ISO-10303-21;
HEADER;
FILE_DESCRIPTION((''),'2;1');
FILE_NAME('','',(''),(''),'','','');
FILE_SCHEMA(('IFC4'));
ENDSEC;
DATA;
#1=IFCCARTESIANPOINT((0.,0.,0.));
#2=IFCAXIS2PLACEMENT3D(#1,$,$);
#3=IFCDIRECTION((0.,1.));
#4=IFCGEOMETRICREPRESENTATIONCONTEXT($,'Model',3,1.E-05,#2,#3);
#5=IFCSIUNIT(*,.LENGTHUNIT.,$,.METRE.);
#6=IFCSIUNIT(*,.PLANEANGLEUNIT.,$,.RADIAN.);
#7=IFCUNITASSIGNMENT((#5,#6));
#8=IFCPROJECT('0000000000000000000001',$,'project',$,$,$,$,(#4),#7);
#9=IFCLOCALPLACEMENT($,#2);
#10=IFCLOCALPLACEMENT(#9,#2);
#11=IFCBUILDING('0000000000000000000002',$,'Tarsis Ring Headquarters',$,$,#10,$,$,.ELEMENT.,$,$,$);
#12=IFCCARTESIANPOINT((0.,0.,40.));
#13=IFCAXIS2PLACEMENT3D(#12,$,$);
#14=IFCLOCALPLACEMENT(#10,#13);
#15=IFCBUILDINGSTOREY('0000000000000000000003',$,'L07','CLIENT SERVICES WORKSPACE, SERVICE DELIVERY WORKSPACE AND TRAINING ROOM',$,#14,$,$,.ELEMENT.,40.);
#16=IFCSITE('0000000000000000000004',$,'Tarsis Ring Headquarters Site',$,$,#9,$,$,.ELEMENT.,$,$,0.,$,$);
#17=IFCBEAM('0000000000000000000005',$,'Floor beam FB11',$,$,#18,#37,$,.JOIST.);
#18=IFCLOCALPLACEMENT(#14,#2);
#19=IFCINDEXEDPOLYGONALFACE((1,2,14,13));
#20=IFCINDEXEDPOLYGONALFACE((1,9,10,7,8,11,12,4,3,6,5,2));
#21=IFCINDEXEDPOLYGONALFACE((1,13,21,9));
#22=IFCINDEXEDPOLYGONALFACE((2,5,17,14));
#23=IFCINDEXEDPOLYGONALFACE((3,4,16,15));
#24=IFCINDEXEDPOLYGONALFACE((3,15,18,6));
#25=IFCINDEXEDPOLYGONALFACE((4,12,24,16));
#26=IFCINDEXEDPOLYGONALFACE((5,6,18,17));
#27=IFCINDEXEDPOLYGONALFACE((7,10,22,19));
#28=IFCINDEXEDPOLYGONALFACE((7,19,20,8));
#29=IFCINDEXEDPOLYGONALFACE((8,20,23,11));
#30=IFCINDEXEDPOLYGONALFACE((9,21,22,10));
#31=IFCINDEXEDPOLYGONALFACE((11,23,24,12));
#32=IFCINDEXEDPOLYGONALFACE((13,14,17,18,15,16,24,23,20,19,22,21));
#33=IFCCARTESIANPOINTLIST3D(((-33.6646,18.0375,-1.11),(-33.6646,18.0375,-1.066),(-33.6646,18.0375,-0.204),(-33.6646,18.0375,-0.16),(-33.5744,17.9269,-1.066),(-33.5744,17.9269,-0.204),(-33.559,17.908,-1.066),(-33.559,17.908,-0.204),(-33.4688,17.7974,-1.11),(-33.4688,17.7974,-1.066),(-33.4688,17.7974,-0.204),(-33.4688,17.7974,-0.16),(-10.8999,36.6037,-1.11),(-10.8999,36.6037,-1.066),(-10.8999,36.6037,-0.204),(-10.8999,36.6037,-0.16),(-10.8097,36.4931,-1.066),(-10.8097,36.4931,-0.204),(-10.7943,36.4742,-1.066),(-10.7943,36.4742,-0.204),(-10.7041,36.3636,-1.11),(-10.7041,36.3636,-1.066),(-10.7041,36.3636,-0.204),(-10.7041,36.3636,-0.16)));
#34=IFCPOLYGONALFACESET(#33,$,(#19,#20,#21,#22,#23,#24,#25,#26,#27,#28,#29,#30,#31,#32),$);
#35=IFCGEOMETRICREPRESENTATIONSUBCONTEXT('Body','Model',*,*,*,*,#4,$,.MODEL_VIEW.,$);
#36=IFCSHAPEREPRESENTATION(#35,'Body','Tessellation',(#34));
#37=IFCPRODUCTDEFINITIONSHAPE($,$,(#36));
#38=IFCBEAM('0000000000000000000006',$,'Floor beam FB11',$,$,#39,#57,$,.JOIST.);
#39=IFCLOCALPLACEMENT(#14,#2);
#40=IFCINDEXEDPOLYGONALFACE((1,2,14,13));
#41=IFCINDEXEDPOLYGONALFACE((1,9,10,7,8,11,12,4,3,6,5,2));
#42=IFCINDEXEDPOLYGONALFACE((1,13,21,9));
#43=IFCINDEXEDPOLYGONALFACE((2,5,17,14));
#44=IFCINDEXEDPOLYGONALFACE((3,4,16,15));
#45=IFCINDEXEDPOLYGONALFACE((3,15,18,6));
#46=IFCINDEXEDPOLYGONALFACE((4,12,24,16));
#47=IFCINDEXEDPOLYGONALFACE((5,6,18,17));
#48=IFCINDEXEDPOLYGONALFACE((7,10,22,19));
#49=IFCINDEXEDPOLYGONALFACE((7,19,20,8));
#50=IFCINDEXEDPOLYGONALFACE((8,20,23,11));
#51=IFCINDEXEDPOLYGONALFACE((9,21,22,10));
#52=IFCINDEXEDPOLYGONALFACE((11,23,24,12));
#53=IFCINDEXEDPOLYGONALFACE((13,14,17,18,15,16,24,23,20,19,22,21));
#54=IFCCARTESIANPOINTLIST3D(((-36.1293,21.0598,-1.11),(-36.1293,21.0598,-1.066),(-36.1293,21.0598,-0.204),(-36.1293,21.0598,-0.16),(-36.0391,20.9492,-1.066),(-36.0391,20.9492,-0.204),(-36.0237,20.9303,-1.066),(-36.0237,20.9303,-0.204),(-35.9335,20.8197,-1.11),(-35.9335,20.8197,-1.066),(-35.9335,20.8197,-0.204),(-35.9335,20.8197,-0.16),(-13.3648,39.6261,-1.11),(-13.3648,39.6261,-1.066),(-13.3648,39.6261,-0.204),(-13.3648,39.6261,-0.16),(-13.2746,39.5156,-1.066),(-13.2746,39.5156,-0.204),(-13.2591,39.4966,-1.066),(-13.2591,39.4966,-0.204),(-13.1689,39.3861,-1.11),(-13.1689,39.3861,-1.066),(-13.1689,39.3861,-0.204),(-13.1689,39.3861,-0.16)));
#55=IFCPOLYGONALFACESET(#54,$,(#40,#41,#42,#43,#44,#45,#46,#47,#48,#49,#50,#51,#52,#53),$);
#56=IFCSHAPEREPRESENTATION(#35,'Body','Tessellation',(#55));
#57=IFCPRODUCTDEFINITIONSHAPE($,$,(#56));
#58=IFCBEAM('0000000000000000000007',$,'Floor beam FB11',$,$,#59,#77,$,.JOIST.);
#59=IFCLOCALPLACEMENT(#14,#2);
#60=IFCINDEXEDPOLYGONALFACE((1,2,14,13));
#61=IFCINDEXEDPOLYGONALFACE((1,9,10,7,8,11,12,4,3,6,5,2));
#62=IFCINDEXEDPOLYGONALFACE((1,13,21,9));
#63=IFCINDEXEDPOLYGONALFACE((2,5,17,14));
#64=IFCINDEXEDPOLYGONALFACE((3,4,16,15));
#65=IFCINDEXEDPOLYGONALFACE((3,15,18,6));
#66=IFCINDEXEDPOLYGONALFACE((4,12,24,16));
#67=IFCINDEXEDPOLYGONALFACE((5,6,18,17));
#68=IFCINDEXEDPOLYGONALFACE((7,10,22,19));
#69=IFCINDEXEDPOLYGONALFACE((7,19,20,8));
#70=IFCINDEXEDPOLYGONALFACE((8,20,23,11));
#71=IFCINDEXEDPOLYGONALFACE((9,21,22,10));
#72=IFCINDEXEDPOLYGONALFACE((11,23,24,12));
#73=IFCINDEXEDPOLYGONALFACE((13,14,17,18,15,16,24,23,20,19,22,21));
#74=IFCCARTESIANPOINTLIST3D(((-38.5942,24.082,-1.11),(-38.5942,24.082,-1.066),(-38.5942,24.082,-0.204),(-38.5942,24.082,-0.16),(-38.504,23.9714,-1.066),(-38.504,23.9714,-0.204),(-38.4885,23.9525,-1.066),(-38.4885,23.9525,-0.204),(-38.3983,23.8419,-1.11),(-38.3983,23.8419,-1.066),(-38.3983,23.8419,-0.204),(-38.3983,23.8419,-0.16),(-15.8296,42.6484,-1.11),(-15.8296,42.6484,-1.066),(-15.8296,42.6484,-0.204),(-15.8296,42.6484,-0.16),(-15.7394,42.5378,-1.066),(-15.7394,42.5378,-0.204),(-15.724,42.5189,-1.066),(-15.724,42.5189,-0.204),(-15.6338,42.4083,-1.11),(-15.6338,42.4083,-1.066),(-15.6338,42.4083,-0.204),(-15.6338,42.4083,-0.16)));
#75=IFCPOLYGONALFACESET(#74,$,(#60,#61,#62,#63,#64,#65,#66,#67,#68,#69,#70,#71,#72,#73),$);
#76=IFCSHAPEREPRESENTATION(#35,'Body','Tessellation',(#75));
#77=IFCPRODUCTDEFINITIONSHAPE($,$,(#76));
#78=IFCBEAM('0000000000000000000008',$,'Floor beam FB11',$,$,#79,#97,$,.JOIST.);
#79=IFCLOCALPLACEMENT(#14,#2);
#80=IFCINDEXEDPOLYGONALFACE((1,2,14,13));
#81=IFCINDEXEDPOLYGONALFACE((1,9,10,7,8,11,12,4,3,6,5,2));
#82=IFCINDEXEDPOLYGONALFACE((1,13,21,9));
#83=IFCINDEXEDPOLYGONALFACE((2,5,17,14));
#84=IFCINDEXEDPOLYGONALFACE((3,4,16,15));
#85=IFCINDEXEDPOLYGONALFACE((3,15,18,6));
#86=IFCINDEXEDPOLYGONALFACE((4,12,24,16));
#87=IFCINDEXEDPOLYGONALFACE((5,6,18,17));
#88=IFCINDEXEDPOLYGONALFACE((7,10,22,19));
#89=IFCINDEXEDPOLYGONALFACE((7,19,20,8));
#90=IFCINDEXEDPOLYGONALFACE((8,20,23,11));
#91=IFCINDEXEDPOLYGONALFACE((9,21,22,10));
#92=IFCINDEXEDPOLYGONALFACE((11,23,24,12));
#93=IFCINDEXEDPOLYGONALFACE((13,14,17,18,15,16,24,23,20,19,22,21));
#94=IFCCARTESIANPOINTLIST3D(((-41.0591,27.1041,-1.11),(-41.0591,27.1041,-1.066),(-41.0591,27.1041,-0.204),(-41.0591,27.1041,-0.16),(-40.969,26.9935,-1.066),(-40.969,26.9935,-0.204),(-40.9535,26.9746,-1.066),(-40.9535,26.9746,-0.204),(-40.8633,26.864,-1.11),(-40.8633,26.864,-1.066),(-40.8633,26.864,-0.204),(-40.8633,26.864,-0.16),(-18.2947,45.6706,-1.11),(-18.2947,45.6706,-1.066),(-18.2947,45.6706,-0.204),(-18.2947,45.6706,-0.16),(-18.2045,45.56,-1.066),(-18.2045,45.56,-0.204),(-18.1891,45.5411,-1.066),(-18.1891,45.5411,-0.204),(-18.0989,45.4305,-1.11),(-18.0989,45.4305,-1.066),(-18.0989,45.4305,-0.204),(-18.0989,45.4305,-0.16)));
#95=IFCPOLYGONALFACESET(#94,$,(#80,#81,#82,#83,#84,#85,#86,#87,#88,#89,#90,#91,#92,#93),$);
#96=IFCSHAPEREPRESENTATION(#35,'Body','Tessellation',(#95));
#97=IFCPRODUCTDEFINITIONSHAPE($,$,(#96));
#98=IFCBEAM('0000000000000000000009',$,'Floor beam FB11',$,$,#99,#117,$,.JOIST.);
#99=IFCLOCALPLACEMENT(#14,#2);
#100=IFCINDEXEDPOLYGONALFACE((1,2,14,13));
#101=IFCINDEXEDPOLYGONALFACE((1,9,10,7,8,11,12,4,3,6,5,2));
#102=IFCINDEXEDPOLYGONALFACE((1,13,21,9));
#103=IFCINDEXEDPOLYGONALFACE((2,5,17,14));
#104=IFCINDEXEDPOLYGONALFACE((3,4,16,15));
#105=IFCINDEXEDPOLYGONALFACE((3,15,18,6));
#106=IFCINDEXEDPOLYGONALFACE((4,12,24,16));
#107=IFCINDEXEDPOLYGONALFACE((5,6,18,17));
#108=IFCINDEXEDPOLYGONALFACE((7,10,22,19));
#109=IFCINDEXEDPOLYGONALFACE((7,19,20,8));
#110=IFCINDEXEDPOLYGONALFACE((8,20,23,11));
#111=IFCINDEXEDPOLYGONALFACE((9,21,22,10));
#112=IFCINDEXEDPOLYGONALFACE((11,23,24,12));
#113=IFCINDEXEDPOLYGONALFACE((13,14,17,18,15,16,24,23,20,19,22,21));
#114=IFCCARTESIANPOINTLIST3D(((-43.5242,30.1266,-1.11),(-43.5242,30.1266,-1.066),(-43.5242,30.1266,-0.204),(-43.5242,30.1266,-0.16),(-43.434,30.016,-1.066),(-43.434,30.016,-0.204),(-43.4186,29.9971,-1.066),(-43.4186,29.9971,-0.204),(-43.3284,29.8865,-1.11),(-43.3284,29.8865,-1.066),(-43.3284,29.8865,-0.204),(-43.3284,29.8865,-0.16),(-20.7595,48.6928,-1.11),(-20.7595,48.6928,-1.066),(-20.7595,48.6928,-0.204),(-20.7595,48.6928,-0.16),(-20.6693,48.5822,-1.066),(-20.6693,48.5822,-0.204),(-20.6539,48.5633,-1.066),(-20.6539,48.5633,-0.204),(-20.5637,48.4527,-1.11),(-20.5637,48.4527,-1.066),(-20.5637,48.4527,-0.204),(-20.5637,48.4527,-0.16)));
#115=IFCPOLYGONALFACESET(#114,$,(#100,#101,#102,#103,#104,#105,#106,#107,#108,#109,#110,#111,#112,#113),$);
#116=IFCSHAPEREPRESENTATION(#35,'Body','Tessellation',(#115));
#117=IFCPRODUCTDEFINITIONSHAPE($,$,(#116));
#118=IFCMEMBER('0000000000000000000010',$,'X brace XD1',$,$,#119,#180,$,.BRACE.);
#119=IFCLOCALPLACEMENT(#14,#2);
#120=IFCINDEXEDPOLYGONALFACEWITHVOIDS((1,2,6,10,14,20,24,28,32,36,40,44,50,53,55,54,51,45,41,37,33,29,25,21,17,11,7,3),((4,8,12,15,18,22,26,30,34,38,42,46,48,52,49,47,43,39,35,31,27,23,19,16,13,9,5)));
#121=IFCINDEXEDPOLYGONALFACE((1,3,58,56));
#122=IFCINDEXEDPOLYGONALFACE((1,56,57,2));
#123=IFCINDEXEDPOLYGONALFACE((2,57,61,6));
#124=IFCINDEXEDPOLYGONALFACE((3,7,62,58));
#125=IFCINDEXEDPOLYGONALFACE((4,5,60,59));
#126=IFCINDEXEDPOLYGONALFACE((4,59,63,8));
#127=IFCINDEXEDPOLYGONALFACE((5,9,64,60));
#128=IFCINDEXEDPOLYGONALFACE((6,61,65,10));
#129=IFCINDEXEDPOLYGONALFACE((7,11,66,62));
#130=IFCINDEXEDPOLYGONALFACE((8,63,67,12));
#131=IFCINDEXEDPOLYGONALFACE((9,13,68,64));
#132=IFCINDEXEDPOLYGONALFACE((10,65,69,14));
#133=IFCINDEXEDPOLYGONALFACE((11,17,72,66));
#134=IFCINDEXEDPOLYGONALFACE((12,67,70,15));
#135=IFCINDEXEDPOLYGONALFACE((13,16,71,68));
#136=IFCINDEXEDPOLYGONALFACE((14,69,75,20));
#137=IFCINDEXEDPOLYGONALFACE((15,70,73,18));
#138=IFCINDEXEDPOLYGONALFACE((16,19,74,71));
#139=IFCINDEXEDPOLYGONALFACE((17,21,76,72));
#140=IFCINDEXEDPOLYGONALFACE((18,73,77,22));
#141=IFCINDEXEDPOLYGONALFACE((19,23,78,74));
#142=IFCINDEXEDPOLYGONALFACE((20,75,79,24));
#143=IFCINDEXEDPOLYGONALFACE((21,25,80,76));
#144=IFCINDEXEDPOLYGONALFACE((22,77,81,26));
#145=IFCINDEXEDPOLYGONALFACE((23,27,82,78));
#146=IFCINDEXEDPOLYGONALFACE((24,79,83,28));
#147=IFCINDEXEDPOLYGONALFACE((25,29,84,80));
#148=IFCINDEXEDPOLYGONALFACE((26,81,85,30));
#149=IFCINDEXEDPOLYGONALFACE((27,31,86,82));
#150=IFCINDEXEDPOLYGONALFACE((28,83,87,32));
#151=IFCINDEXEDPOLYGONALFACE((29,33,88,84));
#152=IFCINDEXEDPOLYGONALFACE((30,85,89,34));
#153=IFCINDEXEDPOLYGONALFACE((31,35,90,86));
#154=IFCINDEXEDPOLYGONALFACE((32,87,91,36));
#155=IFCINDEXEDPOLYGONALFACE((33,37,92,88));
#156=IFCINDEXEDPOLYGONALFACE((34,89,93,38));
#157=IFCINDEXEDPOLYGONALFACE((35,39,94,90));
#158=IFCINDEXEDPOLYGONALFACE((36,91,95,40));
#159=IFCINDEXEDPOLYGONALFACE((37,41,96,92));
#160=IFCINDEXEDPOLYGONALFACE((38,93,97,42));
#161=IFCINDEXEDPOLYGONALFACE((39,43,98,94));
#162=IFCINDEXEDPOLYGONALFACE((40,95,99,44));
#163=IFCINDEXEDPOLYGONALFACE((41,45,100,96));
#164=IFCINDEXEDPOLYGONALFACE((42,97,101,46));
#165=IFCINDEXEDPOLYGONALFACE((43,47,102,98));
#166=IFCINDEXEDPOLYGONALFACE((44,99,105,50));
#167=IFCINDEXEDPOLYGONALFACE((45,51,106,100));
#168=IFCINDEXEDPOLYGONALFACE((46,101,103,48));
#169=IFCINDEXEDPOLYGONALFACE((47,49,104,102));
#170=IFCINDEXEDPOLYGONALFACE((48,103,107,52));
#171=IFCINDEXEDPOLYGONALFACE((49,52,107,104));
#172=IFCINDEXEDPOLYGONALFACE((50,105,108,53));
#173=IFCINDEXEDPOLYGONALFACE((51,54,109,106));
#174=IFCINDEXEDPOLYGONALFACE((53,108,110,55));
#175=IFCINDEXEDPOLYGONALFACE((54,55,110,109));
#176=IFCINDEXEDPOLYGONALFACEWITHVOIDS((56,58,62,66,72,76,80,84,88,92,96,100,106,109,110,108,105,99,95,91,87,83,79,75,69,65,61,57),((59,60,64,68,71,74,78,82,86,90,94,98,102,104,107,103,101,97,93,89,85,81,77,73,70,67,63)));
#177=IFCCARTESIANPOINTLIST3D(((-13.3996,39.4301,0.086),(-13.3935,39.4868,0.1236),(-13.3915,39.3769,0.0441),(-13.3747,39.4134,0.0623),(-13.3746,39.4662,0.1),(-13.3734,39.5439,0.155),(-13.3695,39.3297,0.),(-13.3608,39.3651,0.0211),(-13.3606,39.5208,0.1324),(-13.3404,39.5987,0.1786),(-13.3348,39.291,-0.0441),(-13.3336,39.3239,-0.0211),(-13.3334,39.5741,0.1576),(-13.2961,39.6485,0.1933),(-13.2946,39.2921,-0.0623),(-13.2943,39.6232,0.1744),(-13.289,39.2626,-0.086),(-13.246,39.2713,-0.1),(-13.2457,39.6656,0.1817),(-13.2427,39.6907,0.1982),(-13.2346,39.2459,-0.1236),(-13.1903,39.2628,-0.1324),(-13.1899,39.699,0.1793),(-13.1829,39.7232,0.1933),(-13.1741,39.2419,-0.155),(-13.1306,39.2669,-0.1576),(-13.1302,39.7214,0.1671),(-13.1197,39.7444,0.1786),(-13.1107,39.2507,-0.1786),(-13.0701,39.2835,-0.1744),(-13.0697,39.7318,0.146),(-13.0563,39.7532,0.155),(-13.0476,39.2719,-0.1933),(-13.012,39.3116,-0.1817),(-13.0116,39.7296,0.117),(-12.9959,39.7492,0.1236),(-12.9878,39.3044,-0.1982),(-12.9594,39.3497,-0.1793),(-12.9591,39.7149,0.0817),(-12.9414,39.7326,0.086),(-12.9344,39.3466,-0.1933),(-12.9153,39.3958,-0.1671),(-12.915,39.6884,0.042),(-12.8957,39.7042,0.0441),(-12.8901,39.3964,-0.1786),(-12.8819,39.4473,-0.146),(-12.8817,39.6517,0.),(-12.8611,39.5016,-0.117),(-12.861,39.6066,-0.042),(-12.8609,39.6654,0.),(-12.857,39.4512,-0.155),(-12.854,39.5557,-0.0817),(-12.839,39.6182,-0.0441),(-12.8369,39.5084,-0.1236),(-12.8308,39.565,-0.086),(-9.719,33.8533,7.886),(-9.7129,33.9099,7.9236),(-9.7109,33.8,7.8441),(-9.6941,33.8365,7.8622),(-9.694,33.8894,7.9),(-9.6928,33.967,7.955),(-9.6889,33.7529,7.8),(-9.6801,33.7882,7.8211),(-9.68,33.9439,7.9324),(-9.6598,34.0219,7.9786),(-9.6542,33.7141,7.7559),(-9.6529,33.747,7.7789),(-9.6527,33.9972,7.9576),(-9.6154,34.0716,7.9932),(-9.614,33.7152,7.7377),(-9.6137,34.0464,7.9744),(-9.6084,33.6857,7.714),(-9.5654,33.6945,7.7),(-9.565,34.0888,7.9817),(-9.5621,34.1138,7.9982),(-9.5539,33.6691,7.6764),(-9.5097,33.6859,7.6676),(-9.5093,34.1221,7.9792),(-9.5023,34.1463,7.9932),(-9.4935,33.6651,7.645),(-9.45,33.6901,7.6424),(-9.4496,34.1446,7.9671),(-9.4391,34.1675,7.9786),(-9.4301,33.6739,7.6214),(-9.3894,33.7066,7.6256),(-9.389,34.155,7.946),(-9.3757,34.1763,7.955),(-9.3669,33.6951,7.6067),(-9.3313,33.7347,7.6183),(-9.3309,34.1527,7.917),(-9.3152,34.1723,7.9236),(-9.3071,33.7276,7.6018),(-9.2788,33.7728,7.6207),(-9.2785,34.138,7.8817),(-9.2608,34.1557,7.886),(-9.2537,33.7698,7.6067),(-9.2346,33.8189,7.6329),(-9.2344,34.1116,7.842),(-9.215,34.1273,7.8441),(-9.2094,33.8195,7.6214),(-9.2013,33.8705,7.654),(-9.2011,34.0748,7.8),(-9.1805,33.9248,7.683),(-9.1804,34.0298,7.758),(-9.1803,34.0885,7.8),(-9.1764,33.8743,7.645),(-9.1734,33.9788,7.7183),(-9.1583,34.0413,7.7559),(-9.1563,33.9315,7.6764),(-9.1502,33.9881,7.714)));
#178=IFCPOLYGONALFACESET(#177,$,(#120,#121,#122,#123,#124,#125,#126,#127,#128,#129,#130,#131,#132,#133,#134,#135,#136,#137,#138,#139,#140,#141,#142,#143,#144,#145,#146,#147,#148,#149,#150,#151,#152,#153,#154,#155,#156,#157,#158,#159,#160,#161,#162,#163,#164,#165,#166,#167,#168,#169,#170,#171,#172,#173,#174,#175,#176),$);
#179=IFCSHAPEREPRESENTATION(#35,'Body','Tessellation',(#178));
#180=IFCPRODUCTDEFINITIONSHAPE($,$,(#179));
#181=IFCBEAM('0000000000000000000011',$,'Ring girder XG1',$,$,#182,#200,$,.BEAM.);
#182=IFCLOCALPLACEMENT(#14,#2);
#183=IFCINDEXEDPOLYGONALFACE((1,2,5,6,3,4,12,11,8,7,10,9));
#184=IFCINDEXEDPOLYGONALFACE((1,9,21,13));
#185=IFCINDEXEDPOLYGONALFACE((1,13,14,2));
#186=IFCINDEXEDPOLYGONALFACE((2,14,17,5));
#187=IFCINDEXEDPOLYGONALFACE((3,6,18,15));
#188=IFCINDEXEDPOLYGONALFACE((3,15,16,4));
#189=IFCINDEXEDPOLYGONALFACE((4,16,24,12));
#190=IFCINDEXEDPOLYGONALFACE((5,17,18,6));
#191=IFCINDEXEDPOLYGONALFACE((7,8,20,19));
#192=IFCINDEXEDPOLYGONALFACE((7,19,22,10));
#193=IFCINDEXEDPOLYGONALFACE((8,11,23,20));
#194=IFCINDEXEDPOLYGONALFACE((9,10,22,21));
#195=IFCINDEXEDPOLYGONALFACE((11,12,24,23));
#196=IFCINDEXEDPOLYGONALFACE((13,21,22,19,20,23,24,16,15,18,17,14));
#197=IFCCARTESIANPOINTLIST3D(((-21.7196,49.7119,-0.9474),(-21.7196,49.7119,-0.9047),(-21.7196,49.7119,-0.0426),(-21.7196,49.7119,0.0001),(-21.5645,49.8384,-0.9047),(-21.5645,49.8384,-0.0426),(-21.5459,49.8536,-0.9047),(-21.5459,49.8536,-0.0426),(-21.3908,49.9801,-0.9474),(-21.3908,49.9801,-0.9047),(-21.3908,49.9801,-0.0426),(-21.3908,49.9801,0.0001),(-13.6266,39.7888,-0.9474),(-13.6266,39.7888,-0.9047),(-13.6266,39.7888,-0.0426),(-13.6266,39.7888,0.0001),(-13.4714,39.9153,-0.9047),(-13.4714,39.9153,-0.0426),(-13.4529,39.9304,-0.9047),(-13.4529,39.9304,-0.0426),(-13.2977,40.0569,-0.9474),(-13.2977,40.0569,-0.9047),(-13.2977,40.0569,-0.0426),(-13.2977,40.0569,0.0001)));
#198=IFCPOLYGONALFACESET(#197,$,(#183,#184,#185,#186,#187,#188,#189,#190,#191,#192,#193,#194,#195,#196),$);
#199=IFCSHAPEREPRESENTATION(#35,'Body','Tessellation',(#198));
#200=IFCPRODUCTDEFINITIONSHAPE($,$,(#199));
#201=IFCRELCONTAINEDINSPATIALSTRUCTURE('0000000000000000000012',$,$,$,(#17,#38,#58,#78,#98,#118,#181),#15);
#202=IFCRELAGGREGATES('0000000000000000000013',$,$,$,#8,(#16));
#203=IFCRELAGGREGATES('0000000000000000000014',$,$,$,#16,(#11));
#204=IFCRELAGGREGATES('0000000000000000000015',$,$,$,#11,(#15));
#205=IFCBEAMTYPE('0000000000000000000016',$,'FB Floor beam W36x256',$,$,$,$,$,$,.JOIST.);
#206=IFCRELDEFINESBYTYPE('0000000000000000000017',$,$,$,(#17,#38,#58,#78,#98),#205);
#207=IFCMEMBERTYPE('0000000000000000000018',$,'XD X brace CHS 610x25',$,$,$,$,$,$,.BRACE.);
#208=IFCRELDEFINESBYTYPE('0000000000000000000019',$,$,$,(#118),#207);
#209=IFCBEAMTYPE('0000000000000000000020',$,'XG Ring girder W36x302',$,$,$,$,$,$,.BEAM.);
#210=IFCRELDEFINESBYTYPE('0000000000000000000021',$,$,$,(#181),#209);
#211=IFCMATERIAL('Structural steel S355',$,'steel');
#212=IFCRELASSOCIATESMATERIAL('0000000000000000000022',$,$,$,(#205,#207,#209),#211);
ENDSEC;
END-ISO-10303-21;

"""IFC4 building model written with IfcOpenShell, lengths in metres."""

from ifc_helpers import new_model, si_unit, direction, frame, origin, origin_2d, place, context, subcontext, project, spatial, hollow_circle, i_section, extrude, material, material_profile, profile_set, type_object, element, save


model = new_model("IFC4")

# Units and contexts
model_context = context("Model", 3, precision=1e-05, world=origin(), true_north=direction((0.0, 1.0)))
body_context = subcontext(model_context, "Body", "Model", "MODEL_VIEW")
ifc_project = project(units=[si_unit("LENGTHUNIT", "METRE"), si_unit("PLANEANGLEUNIT", "RADIAN")], contexts=[model_context])

# Site, building, storey
site_placement = place(None, origin())
site = spatial("IfcSite", under=ifc_project, at=site_placement, Name="Tarsis Ring Headquarters Site", CompositionType="ELEMENT", RefElevation=0.0)
building_placement = place(site_placement, origin())
building = spatial("IfcBuilding", under=site, at=building_placement, Name="Tarsis Ring Headquarters", CompositionType="ELEMENT")
storey_placement = place(building_placement, frame((0.0, 0.0, 40.0)))
storey = spatial("IfcBuildingStorey", under=building, at=storey_placement, Name="L07", Description="CLIENT SERVICES WORKSPACE, SERVICE DELIVERY WORKSPACE AND TRAINING ROOM", CompositionType="ELEMENT", Elevation=40.0)

# Beams
ifc_material_1 = material(Name="Structural steel S355", Category="steel")
ifc_material_profile_1 = material_profile(ifc_material_1, i_section(OverallWidth=0.3098, OverallDepth=0.95, WebThickness=0.0244, FlangeThickness=0.0439, at=origin_2d()), Name="W36x256")
ifc_profile_set_1 = profile_set([ifc_material_profile_1], Name="Structural steel S355")
beam_type_1 = type_object("IfcBeamType", Name="FB Floor beam W36x256", PredefinedType="JOIST", material=ifc_profile_set_1)
for number, where, z_axis, x_axis, name in (
    (1, (-10.802, 36.4836, -0.635), (-0.774948, -0.632025, 0.0), (0.632025, -0.774948, 0.0), "Floor beam FB11"),
    (2, (-13.2668, 39.5061, -0.635), (-0.774944, -0.63203, 0.0), (0.63203, -0.774944, 0.0), "Floor beam FB11"),
    (3, (-15.7317, 42.5283, -0.635), (-0.774944, -0.63203, 0.0), (0.63203, -0.774944, 0.0), "Floor beam FB11"),
    (4, (-18.1968, 45.5505, -0.635), (-0.774941, -0.632034, 0.0), (0.632034, -0.774941, 0.0), "Floor beam FB11"),
    (5, (-20.6616, 48.5728, -0.635), (-0.774948, -0.632025, 0.0), (0.632025, -0.774948, 0.0), "Floor beam FB11"),
):
    element("IfcBeam", number, at=place(storey_placement, frame(where, z_axis=z_axis, x_axis=x_axis)), inside=storey, type_object=beam_type_1, Name=name, PredefinedType="JOIST", context=body_context, shape_type="SweptSolid", body=[
        extrude(i_section(OverallWidth=0.3098, OverallDepth=0.95, WebThickness=0.0244, FlangeThickness=0.0439, at=origin_2d()), origin(), (0.0, 0.0, 1.0), 29.3757),
    ])

# Member
ifc_material_profile_2 = material_profile(ifc_material_1, hollow_circle(Radius=0.3047, WallThickness=0.0249, at=origin_2d()), Name="CHS 610x25")
ifc_profile_set_2 = profile_set([ifc_material_profile_2], Name="Structural steel S355")
member_type = type_object("IfcMemberType", Name="XD X brace CHS 610x25", PredefinedType="BRACE", material=ifc_profile_set_2)
member_placement = place(storey_placement, frame((-13.1152, 39.4976, 0.0), z_axis=(0.358361, -0.542985, 0.759437), x_axis=(0.834616, 0.550833, 0.0)))
element("IfcMember", 6, at=member_placement, inside=storey, type_object=member_type, Name="X brace XD1", PredefinedType="BRACE", context=body_context, shape_type="SweptSolid", body=[
    extrude(hollow_circle(Radius=0.3047, WallThickness=0.0249, at=origin_2d()), origin(), (0.0, 0.0, 1.0), 10.2708),
])

# Beam
ifc_material_profile_3 = material_profile(ifc_material_1, i_section(OverallWidth=0.4243, OverallDepth=0.9475, WebThickness=0.0239, FlangeThickness=0.0427, at=origin_2d()), Name="W36x302")
ifc_profile_set_3 = profile_set([ifc_material_profile_3], Name="Structural steel S355")
beam_type_2 = type_object("IfcBeamType", Name="XG Ring girder W36x302", PredefinedType="BEAM", material=ifc_profile_set_3)
beam_placement = place(storey_placement, frame((-13.4622, 39.9229, -0.4736), z_axis=(-0.632026, 0.774947, 0.0), x_axis=(-0.774947, -0.632026, 0.0)))
element("IfcBeam", 7, at=beam_placement, inside=storey, type_object=beam_type_2, Name="Ring girder XG1", PredefinedType="BEAM", context=body_context, shape_type="SweptSolid", body=[
    extrude(i_section(OverallWidth=0.4243, OverallDepth=0.9475, WebThickness=0.0239, FlangeThickness=0.0427, at=origin_2d()), origin(), (0.0, 0.0, 1.0), 12.8049),
])

save(model, "model.ifc")
